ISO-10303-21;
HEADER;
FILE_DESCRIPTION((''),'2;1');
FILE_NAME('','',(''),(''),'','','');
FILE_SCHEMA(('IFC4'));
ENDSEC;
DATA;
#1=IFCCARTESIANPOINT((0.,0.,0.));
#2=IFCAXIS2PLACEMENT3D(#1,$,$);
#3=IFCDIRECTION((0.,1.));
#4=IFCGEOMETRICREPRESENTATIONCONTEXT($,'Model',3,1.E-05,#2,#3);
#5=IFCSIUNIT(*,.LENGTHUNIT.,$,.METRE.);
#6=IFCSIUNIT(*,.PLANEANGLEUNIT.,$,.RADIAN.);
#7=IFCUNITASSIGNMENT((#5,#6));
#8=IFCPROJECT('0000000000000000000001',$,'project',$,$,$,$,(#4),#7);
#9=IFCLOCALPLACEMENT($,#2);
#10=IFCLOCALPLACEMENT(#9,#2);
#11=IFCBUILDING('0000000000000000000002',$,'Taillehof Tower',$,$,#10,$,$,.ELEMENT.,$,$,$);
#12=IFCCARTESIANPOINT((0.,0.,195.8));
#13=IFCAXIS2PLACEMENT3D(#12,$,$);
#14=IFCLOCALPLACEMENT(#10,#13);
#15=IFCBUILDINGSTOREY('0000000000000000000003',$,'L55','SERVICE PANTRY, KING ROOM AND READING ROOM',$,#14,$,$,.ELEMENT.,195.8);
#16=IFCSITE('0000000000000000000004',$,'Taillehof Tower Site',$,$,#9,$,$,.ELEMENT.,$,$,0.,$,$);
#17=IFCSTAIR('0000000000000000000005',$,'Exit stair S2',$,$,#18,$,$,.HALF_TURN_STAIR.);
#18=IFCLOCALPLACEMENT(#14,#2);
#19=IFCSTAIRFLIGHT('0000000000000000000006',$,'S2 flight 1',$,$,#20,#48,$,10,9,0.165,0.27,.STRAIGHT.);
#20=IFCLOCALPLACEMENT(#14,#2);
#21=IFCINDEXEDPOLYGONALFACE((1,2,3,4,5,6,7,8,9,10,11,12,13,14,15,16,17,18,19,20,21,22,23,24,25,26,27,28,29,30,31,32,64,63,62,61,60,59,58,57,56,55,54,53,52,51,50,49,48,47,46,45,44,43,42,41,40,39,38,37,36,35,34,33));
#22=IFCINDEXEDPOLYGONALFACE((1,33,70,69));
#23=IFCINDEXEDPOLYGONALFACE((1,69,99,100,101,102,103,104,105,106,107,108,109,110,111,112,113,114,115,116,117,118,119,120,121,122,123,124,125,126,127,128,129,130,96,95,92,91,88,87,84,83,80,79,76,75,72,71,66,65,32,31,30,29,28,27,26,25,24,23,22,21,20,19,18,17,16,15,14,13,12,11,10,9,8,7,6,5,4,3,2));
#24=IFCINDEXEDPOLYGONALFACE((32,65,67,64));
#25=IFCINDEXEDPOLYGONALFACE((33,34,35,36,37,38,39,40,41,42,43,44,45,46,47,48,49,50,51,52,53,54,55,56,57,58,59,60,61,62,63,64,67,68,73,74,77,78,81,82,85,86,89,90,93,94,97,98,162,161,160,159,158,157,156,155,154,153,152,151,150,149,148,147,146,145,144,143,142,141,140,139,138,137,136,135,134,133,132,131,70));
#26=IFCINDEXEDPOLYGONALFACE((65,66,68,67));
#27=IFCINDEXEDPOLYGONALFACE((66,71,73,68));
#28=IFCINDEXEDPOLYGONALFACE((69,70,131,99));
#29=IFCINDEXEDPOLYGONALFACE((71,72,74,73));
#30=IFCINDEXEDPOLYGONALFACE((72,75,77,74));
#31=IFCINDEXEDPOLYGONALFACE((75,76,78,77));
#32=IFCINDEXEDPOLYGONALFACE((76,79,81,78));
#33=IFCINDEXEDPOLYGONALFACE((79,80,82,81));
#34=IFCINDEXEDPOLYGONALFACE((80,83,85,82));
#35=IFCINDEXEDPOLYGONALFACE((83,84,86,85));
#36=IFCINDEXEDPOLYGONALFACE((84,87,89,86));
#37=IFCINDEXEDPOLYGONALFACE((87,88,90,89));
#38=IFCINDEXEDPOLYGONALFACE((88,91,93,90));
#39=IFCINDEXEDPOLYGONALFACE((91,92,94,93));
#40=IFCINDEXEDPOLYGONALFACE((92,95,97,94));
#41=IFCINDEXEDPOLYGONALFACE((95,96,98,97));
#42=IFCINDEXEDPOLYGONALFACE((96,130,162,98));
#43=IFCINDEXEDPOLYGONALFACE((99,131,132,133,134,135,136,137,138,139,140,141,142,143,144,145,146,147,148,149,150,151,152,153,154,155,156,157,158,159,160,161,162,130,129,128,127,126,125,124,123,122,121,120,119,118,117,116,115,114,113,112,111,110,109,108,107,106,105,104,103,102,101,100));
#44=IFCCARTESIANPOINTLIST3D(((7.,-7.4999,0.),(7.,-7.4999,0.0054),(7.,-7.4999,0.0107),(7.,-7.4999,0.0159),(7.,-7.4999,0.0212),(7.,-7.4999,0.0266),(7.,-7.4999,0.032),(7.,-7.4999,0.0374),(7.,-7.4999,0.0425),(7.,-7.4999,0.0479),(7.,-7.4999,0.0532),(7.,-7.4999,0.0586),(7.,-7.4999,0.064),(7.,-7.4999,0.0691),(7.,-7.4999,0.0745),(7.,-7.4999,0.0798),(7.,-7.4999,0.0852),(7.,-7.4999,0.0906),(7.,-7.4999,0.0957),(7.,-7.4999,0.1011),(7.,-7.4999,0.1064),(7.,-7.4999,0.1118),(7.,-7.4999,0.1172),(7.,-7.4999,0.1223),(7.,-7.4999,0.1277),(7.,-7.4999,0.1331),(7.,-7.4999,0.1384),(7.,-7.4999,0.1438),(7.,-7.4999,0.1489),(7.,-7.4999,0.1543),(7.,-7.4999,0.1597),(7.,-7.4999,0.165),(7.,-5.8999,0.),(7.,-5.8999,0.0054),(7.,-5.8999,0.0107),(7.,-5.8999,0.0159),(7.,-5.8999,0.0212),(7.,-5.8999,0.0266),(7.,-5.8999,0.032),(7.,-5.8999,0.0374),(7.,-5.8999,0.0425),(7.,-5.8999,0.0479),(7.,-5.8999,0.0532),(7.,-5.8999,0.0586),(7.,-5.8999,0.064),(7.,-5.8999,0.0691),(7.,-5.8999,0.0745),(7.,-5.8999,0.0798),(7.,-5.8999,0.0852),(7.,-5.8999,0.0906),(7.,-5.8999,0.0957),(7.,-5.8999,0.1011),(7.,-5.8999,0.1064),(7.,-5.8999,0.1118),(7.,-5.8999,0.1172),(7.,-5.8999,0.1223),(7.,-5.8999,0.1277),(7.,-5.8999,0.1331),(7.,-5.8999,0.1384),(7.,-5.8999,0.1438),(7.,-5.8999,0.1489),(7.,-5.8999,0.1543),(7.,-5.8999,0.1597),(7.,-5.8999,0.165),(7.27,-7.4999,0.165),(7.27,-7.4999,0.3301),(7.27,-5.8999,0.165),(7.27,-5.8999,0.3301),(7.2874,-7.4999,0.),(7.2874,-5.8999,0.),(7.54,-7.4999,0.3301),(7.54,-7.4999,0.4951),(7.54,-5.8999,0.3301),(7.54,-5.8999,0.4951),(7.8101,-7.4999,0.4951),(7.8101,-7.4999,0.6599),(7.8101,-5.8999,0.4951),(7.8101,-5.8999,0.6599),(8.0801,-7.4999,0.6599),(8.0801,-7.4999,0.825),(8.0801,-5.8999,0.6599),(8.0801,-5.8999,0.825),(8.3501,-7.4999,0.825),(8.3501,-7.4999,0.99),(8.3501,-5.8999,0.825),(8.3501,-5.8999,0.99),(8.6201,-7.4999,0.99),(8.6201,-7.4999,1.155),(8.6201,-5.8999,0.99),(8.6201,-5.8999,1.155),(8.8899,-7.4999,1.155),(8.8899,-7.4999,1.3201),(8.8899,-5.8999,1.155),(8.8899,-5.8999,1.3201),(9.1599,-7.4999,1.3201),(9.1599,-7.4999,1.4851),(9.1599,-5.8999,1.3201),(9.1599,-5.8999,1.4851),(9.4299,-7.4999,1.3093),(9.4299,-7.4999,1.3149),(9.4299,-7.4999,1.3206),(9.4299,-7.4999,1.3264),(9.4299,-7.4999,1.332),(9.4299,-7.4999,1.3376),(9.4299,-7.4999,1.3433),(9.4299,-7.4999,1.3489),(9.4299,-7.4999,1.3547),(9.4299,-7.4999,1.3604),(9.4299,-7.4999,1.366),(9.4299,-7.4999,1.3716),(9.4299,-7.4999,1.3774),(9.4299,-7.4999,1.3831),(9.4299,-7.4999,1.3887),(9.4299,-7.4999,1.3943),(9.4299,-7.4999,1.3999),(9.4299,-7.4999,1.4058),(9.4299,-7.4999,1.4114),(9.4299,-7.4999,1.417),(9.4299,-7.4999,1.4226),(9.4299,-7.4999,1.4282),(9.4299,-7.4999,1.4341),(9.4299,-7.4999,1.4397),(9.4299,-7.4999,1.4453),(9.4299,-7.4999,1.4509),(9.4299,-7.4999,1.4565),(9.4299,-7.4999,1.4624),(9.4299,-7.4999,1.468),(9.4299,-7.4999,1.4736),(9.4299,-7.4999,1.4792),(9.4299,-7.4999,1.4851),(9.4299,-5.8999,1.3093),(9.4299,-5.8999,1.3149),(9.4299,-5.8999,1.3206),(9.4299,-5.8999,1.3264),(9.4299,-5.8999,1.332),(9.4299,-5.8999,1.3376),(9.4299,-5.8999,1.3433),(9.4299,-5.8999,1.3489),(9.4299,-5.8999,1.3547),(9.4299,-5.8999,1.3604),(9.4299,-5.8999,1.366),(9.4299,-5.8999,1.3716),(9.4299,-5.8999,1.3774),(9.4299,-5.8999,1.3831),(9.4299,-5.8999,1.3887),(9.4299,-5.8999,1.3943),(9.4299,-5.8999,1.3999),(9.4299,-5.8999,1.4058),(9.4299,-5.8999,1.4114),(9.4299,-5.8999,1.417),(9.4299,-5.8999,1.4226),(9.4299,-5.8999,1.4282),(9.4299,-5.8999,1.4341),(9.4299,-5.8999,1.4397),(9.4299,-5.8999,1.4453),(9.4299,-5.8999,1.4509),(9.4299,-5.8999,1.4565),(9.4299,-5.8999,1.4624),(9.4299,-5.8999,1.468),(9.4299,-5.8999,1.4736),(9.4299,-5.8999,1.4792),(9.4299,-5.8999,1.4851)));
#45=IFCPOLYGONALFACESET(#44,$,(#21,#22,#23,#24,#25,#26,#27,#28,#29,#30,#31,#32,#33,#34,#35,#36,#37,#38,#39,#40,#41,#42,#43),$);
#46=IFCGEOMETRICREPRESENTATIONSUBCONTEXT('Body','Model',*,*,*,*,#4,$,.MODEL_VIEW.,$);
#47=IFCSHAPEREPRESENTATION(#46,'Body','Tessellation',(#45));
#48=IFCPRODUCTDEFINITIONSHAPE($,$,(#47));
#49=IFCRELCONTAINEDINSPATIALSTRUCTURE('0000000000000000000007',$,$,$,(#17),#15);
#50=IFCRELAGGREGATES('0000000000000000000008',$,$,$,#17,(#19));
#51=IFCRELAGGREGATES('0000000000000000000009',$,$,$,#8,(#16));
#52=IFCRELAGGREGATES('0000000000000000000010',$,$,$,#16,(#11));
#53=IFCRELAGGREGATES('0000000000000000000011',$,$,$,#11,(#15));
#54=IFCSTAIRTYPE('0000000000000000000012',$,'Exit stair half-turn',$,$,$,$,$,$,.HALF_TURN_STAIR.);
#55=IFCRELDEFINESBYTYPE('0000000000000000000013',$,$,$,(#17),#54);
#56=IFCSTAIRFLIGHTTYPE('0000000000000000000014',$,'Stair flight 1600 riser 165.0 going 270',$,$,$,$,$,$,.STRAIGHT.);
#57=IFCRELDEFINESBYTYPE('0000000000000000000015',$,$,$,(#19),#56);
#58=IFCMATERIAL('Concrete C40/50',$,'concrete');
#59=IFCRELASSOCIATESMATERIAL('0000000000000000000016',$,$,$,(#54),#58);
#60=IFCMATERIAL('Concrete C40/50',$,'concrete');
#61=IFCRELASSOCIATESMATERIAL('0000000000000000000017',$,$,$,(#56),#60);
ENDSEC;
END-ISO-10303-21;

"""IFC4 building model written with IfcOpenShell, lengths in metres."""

from ifc_helpers import new_model, si_unit, direction, frame, origin, place, context, subcontext, project, spatial, polyline, outline, extrude, material, type_object, element, aggregate, save


model = new_model("IFC4")

# Units and contexts
model_context = context("Model", 3, precision=1e-05, world=origin(), true_north=direction((0.0, 1.0)))
body_context = subcontext(model_context, "Body", "Model", "MODEL_VIEW")
ifc_project = project(units=[si_unit("LENGTHUNIT", "METRE"), si_unit("PLANEANGLEUNIT", "RADIAN")], contexts=[model_context])

# Site, building, storey
site_placement = place(None, origin())
site = spatial("IfcSite", under=ifc_project, at=site_placement, Name="Taillehof Tower Site", CompositionType="ELEMENT", RefElevation=0.0)
building_placement = place(site_placement, origin())
building = spatial("IfcBuilding", under=site, at=building_placement, Name="Taillehof Tower", CompositionType="ELEMENT")
storey_placement = place(building_placement, frame((0.0, 0.0, 195.8)))
storey = spatial("IfcBuildingStorey", under=building, at=storey_placement, Name="L55", Description="SERVICE PANTRY, KING ROOM AND READING ROOM", CompositionType="ELEMENT", Elevation=195.8)

# Stair
ifc_material_1 = material(Name="Concrete C40/50", Category="concrete")
stair_type = type_object("IfcStairType", Name="Exit stair half-turn", PredefinedType="HALF_TURN_STAIR", material=ifc_material_1)
stair_1_placement = place(storey_placement, origin())
stair_1 = element("IfcStair", 1, at=stair_1_placement, inside=storey, type_object=stair_type, Name="Exit stair S2", PredefinedType="HALF_TURN_STAIR")

# Stair flight
ifc_material_2 = material(Name="Concrete C40/50", Category="concrete")
stair_flight_type = type_object("IfcStairFlightType", Name="Stair flight 1600 riser 165.0 going 270", PredefinedType="STRAIGHT", material=ifc_material_2)
stair_flight_placement = place(storey_placement, frame((7.0, -6.7, 0.0), z_axis=(0.0, 0.0, 1.0), x_axis=(1.0, 0.0, 0.0)))
stair_flight = element("IfcStairFlight", 2, at=stair_flight_placement, type_object=stair_flight_type, Name="S2 flight 1", NumberOfRisers=10, NumberOfTreads=9, PredefinedType="STRAIGHT", RiserHeight=0.165, TreadLength=0.27, context=body_context, shape_type="SweptSolid", body=[
    extrude(outline(polyline([(0.0, 0.0), (0.0, 0.0054), (0.0, 0.0107), (0.0, 0.0159), (0.0, 0.0212), (0.0, 0.0266), (0.0, 0.032), (0.0, 0.0374), (0.0, 0.0425), (0.0, 0.0479), (0.0, 0.0532), (0.0, 0.0586), (0.0, 0.064), (0.0, 0.0691), (0.0, 0.0745), (0.0, 0.0798), (0.0, 0.0852), (0.0, 0.0906), (0.0, 0.0957), (0.0, 0.1011), (0.0, 0.1064), (0.0, 0.1118), (0.0, 0.1172), (0.0, 0.1223), (0.0, 0.1277), (0.0, 0.1331), (0.0, 0.1384), (0.0, 0.1438), (0.0, 0.1489), (0.0, 0.1543), (0.0, 0.1597), (0.0, 0.165), (0.27, 0.165), (0.27, 0.3301), (0.54, 0.3301), (0.54, 0.4951), (0.8101, 0.4951), (0.8101, 0.6599), (1.0801, 0.6599), (1.0801, 0.825), (1.3501, 0.825), (1.3501, 0.99), (1.6201, 0.99), (1.6201, 1.155), (1.8899, 1.155), (1.8899, 1.3201), (2.1599, 1.3201), (2.1599, 1.4851), (2.4299, 1.4851), (2.4299, 1.4792), (2.4299, 1.4736), (2.4299, 1.468), (2.4299, 1.4624), (2.4299, 1.4565), (2.4299, 1.4509), (2.4299, 1.4453), (2.4299, 1.4397), (2.4299, 1.4341), (2.4299, 1.4282), (2.4299, 1.4226), (2.4299, 1.417), (2.4299, 1.4114), (2.4299, 1.4058), (2.4299, 1.3999), (2.4299, 1.3943), (2.4299, 1.3887), (2.4299, 1.3831), (2.4299, 1.3774), (2.4299, 1.3716), (2.4299, 1.366), (2.4299, 1.3604), (2.4299, 1.3547), (2.4299, 1.3489), (2.4299, 1.3433), (2.4299, 1.3376), (2.4299, 1.332), (2.4299, 1.3264), (2.4299, 1.3206), (2.4299, 1.3149), (2.4299, 1.3093), (0.2874, 0.0), (0.0, 0.0)])), frame((0.0, 0.8, 0.0), z_axis=(0.0, -1.0, 0.0), x_axis=(1.0, 0.0, 0.0)), (0.0, 0.0, 1.0), 1.6),
])
aggregate(stair_1, [stair_flight])

save(model, "model.ifc")
